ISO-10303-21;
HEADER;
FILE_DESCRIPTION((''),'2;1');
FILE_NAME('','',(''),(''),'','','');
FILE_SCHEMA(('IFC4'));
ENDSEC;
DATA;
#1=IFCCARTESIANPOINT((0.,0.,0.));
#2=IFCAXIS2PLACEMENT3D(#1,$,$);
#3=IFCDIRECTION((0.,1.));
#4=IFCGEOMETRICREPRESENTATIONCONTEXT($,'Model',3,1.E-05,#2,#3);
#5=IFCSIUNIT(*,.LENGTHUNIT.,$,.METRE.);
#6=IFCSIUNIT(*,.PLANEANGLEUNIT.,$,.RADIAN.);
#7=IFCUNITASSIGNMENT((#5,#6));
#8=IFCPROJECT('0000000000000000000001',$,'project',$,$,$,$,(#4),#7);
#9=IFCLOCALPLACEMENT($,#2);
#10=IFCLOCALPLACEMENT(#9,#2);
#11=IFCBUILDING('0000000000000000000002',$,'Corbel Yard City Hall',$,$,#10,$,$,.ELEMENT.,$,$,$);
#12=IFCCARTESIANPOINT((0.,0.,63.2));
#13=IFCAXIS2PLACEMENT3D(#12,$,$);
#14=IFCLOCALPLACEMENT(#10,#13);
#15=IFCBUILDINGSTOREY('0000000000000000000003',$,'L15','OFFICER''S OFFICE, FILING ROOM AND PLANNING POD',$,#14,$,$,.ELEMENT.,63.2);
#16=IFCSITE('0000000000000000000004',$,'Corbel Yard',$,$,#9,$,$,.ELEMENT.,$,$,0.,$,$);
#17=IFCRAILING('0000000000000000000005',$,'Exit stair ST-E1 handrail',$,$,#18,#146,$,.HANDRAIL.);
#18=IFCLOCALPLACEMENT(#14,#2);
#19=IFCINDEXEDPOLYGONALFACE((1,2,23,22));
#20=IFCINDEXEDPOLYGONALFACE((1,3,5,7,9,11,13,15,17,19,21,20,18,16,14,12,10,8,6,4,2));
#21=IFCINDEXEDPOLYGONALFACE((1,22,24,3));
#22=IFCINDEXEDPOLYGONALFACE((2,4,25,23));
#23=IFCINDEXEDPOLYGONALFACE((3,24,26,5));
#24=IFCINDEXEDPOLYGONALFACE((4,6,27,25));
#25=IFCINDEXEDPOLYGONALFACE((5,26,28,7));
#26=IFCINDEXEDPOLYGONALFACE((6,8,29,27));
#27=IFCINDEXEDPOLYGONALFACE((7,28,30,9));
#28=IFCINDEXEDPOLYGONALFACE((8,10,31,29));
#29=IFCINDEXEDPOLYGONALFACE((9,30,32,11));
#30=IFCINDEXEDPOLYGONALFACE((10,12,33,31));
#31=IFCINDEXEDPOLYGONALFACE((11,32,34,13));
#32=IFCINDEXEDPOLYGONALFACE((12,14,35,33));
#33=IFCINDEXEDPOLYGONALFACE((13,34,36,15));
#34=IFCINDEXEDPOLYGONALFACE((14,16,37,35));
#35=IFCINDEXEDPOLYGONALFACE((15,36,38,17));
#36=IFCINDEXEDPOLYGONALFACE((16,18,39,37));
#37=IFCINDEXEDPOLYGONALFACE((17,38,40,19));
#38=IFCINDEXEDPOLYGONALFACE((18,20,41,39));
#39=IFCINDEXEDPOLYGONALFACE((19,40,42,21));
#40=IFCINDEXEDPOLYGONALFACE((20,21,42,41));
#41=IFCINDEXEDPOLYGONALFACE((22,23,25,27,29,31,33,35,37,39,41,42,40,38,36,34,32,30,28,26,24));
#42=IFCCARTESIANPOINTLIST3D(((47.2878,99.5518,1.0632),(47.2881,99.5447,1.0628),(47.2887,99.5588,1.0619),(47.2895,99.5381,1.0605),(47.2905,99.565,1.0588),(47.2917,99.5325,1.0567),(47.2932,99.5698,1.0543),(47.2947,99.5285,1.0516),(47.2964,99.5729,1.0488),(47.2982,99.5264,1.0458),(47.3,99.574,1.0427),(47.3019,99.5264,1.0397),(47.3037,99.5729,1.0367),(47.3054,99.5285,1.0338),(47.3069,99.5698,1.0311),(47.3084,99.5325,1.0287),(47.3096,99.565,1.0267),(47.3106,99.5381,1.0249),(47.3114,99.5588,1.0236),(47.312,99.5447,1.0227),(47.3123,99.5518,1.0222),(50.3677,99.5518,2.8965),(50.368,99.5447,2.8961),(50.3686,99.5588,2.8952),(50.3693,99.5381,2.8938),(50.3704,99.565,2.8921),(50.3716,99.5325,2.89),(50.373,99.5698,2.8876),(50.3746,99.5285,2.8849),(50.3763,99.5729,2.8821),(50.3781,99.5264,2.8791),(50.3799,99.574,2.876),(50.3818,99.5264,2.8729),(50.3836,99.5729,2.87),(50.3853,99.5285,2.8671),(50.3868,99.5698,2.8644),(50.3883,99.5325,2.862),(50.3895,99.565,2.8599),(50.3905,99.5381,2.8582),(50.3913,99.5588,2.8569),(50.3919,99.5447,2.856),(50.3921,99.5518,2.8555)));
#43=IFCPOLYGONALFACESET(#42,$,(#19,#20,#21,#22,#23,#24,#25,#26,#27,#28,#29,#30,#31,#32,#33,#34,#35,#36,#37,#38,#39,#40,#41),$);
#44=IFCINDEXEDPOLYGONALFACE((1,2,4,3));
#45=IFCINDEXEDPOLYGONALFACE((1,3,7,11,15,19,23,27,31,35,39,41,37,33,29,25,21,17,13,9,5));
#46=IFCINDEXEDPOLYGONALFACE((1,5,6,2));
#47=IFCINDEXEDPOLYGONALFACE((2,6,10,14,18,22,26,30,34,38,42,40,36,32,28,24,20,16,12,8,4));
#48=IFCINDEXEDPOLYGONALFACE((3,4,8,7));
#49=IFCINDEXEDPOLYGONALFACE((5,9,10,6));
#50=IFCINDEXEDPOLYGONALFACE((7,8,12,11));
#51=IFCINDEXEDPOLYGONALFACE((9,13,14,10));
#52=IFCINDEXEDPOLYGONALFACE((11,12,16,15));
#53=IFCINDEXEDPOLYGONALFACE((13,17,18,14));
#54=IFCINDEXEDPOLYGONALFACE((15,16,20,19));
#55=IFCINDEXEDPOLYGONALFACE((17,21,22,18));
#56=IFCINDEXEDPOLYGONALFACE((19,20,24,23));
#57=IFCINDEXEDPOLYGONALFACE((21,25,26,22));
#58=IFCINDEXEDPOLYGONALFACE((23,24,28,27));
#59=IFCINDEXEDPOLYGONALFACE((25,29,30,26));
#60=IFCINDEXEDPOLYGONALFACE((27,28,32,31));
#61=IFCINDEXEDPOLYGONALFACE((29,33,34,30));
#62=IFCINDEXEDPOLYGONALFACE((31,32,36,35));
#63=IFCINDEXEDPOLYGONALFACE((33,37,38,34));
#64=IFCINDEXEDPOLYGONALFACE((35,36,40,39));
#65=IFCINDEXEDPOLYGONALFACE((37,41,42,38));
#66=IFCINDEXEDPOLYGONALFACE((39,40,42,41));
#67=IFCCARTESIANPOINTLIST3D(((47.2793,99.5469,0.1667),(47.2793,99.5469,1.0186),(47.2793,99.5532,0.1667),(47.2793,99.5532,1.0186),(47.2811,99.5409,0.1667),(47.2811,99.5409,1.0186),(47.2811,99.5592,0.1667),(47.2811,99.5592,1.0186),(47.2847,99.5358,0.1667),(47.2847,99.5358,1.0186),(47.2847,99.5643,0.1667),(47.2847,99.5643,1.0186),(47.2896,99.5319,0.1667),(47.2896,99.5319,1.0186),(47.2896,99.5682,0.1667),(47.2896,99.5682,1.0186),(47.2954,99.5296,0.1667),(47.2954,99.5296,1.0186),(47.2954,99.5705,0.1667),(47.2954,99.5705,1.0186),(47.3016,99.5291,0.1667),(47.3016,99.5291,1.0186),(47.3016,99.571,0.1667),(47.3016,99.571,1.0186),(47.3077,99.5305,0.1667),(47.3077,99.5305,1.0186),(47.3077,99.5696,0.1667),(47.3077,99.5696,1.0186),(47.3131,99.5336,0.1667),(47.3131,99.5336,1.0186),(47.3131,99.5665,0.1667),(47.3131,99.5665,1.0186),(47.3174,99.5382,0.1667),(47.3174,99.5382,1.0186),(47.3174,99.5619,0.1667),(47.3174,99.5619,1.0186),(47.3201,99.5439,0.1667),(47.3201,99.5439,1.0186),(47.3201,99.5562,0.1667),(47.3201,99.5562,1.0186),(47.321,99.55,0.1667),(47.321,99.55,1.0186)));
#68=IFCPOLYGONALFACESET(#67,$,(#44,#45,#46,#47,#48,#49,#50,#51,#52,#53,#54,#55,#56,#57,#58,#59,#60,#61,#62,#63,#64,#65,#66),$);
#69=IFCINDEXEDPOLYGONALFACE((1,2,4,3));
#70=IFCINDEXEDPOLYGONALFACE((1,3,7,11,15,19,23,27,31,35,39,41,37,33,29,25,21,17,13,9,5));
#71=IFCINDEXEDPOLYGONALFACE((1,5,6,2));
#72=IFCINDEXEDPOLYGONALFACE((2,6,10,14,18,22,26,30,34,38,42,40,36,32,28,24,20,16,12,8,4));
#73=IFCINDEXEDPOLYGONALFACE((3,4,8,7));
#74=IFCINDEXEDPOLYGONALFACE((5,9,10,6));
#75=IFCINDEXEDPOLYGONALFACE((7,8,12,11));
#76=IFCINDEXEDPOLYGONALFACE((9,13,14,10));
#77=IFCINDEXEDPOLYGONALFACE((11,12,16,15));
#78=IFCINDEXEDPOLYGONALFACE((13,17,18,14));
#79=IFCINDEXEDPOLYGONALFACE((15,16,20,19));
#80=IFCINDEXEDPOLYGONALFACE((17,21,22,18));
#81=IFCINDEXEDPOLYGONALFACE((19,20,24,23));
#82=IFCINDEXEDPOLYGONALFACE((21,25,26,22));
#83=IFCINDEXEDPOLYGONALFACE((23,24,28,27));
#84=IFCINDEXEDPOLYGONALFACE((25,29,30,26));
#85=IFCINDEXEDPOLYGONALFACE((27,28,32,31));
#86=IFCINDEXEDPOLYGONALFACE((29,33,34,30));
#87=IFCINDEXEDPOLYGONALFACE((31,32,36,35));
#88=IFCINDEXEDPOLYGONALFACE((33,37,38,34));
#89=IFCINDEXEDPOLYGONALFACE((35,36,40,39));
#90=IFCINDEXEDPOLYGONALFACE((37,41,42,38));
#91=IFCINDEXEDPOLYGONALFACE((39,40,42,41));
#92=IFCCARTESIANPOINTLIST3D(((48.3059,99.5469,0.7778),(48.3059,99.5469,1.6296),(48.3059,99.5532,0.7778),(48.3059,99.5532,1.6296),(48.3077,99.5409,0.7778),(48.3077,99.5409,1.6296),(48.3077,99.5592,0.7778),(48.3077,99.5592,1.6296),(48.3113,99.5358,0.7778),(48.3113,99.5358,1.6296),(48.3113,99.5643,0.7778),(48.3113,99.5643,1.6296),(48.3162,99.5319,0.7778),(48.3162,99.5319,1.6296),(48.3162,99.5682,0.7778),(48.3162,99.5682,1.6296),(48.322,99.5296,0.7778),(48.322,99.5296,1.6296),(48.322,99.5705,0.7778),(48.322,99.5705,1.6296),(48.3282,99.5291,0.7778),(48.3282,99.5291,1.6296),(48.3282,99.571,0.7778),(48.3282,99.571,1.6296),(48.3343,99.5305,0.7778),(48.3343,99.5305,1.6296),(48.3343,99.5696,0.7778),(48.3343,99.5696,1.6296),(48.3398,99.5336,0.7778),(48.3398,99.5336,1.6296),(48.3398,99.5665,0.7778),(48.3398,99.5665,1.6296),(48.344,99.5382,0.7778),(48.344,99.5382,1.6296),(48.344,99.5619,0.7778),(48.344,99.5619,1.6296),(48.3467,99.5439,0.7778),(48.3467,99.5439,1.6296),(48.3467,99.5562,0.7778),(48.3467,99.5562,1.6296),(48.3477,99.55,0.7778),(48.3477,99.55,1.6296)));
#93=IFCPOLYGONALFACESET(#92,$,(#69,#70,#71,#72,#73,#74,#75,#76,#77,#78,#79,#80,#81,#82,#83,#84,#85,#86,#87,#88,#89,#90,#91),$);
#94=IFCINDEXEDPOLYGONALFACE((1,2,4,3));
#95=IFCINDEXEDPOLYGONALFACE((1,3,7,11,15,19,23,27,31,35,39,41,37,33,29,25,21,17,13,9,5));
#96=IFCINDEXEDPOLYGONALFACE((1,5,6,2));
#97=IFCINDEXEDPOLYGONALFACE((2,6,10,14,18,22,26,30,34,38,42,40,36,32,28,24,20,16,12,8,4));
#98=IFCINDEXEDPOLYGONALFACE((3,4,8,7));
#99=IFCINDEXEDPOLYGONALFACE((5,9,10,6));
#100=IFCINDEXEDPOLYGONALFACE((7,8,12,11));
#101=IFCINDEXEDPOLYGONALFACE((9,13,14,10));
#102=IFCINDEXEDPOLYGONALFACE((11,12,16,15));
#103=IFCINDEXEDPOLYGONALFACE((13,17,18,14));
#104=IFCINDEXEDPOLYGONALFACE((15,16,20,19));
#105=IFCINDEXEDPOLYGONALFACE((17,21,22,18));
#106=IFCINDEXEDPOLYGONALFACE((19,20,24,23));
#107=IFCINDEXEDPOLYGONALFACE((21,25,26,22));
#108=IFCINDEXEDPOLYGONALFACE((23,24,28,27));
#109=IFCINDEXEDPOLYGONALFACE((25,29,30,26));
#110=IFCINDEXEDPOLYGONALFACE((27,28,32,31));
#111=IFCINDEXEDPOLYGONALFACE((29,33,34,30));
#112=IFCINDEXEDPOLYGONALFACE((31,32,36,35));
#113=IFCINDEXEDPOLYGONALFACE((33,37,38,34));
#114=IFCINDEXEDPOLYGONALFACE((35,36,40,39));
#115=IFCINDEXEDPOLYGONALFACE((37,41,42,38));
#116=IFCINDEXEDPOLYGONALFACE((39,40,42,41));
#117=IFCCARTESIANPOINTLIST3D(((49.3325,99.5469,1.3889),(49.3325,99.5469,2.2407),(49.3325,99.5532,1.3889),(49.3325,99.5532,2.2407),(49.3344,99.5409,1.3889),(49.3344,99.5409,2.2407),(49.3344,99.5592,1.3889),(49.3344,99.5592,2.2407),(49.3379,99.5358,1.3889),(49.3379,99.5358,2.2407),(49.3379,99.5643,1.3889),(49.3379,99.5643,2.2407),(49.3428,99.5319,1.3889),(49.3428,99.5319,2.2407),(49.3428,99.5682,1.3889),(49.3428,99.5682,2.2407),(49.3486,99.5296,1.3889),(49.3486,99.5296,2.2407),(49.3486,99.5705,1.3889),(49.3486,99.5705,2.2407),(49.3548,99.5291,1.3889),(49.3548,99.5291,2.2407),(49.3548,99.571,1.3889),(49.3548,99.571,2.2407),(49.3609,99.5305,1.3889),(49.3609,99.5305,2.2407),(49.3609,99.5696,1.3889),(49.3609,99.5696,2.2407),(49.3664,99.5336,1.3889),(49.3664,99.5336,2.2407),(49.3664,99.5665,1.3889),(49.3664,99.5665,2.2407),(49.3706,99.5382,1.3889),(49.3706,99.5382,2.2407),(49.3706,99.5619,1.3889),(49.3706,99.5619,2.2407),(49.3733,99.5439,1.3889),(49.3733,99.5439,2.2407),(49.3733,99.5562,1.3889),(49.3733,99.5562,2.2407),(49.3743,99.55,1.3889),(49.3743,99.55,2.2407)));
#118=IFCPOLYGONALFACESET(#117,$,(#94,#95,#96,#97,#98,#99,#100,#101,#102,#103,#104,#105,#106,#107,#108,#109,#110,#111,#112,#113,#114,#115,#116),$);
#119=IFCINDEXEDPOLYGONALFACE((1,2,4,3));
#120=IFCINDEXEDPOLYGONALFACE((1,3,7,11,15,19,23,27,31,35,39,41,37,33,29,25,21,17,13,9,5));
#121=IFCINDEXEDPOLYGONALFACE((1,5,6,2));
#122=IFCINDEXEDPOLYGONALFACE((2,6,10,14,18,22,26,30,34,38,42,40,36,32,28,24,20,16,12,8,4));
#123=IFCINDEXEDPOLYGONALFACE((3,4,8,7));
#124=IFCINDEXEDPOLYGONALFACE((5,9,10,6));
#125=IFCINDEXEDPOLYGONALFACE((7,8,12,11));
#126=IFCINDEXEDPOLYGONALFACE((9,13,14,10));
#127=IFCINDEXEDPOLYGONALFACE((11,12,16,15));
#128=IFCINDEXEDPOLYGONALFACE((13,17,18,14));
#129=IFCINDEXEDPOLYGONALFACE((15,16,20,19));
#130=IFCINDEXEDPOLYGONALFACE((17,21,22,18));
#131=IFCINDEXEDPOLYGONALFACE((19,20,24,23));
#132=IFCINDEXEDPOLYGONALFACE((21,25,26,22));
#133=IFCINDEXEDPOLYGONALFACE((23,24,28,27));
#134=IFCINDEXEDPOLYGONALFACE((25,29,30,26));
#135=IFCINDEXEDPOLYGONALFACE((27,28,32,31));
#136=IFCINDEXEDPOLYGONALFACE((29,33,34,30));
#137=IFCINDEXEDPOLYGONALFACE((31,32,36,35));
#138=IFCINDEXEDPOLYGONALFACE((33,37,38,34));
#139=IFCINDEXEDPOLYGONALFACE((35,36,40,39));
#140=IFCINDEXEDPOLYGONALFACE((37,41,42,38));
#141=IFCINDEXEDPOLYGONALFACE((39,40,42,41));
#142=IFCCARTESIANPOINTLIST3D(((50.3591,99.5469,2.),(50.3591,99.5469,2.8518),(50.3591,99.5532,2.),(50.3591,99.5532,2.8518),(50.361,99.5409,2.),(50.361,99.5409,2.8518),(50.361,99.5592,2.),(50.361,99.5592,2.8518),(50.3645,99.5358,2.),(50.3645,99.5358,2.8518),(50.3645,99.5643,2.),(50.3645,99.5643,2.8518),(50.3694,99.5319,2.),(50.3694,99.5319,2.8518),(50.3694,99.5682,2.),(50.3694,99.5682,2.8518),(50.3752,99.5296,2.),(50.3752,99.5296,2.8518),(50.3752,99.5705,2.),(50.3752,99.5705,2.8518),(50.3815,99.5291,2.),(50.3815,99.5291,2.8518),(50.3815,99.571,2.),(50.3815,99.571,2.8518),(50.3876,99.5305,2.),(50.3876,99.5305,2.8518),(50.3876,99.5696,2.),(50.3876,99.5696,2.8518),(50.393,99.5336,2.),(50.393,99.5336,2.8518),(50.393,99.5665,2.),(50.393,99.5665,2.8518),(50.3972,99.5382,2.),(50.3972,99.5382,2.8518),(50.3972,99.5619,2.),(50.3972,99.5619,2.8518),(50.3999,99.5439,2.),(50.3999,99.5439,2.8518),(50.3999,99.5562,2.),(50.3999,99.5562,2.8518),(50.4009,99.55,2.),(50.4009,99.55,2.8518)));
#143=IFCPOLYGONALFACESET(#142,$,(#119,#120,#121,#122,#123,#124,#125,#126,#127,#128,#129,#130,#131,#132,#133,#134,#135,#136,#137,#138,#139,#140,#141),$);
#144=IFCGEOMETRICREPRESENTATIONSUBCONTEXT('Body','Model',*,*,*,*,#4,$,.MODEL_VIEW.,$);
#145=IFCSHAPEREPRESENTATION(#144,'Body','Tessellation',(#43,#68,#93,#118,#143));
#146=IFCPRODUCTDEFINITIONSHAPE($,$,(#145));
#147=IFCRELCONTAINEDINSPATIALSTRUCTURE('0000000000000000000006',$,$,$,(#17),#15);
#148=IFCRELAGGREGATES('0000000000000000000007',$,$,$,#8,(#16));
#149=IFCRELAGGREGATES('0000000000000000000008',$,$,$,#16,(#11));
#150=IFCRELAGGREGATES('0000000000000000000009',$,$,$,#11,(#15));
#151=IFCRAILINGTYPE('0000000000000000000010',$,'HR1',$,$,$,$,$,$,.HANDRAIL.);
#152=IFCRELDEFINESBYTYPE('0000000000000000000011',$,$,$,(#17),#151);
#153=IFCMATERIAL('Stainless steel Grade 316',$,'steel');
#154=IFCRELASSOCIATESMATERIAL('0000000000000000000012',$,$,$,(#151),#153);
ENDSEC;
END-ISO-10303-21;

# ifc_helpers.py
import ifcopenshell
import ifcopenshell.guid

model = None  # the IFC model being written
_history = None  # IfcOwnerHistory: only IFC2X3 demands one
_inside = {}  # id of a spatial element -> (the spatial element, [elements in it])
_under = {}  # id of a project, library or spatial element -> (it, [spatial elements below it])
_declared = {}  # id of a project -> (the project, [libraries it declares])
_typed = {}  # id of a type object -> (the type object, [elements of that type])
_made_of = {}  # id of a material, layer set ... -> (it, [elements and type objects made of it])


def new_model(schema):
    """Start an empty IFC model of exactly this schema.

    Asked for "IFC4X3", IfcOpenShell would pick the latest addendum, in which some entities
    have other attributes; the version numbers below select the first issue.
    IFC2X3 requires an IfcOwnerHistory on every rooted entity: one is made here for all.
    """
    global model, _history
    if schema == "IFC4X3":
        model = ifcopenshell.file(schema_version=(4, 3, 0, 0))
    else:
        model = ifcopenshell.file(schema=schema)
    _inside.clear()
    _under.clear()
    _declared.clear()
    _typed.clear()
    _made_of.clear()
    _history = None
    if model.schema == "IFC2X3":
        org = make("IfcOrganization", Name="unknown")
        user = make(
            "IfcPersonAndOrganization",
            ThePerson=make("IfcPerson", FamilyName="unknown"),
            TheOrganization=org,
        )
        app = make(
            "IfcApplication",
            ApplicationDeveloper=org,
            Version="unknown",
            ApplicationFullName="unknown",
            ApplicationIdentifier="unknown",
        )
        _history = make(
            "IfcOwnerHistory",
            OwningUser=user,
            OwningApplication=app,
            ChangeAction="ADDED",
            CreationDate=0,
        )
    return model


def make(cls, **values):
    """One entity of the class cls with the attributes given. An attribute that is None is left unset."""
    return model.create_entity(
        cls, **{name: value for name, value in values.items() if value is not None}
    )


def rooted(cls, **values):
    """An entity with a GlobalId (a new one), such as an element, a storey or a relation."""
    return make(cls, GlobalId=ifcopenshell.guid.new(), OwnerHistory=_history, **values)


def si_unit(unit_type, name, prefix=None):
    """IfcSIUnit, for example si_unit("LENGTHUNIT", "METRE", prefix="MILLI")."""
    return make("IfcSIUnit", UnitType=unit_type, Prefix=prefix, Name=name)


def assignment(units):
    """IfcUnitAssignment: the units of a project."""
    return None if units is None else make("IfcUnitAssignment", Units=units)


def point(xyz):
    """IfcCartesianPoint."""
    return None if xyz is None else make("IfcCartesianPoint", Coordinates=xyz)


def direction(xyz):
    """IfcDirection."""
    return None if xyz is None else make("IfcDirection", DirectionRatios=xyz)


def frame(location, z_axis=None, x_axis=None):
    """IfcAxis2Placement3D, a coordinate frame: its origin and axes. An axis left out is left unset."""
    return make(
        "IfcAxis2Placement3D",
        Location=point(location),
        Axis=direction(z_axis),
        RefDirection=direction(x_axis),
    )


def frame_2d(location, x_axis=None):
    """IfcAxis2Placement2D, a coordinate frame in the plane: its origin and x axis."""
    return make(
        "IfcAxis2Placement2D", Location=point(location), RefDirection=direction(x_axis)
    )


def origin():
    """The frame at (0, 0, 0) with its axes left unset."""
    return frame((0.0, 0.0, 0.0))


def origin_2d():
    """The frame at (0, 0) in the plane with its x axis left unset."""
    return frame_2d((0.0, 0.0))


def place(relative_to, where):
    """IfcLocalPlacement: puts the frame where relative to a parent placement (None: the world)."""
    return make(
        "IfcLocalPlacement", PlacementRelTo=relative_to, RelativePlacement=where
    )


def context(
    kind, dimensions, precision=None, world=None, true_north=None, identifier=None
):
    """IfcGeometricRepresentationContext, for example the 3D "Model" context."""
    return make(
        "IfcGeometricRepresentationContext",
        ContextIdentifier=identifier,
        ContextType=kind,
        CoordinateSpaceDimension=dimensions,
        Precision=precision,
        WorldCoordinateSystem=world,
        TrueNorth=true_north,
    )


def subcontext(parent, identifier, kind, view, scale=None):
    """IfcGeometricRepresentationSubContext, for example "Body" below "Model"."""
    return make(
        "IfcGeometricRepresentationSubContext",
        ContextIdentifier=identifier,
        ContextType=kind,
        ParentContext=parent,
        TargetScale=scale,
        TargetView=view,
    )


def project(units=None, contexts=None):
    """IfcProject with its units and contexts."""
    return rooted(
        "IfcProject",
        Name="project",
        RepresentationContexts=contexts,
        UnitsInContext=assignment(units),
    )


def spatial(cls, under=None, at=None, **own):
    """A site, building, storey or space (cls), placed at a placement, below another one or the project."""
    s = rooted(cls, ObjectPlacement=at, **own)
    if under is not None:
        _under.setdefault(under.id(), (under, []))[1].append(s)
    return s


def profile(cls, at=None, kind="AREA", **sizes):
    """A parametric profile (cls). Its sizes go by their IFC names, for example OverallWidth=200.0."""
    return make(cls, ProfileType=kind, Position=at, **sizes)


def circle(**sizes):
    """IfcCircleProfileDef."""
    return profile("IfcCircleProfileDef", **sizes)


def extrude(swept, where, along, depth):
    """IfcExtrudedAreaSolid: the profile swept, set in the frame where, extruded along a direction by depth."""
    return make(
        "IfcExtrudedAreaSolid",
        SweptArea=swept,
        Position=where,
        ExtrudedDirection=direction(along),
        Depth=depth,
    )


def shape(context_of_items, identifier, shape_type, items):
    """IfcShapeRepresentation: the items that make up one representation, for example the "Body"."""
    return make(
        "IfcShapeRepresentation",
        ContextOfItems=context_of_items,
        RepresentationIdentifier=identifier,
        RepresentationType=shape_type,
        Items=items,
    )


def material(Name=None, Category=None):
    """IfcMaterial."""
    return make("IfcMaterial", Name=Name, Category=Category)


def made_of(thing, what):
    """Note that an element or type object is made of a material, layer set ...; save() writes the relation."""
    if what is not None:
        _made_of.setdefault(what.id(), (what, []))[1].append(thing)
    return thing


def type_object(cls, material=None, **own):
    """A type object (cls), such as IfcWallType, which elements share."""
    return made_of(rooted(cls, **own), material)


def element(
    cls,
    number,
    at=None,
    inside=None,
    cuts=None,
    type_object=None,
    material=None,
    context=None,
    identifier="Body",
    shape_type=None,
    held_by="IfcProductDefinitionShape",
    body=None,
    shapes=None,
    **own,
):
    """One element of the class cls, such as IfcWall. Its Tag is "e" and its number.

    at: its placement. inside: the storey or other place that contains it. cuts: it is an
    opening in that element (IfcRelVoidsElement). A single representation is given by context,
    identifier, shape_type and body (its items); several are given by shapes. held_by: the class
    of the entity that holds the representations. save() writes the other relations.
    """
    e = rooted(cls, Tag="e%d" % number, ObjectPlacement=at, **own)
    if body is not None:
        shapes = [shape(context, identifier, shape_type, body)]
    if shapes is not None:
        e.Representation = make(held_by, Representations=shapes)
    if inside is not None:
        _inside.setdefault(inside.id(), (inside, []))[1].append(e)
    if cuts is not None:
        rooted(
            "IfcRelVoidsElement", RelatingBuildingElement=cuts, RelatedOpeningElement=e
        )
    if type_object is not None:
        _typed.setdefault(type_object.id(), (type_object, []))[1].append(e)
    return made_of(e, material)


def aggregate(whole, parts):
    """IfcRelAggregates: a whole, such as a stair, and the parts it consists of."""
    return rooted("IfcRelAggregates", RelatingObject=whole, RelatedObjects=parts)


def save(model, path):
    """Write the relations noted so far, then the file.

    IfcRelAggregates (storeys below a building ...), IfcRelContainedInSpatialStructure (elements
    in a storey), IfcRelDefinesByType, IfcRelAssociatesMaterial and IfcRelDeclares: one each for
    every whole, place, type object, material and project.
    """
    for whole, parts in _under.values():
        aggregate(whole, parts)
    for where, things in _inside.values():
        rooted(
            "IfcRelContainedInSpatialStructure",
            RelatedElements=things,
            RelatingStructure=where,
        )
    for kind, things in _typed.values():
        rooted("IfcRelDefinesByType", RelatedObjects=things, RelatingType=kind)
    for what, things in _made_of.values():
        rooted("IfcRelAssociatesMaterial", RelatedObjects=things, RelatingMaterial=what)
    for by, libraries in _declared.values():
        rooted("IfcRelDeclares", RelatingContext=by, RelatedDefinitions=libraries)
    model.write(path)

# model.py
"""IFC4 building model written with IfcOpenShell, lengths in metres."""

from ifc_helpers import new_model, si_unit, direction, frame, origin, origin_2d, place, context, subcontext, project, spatial, circle, extrude, material, type_object, element, save


model = new_model("IFC4")

# Units and contexts
model_context = context("Model", 3, precision=1e-05, world=origin(), true_north=direction((0.0, 1.0)))
body_context = subcontext(model_context, "Body", "Model", "MODEL_VIEW")
ifc_project = project(units=[si_unit("LENGTHUNIT", "METRE"), si_unit("PLANEANGLEUNIT", "RADIAN")], contexts=[model_context])

# Site, building, storey
site_placement = place(None, origin())
site = spatial("IfcSite", under=ifc_project, at=site_placement, Name="Corbel Yard", CompositionType="ELEMENT", RefElevation=0.0)
building_placement = place(site_placement, origin())
building = spatial("IfcBuilding", under=site, at=building_placement, Name="Corbel Yard City Hall", CompositionType="ELEMENT")
storey_placement = place(building_placement, frame((0.0, 0.0, 63.2)))
storey = spatial("IfcBuildingStorey", under=building, at=storey_placement, Name="L15", Description="OFFICER'S OFFICE, FILING ROOM AND PLANNING POD", CompositionType="ELEMENT", Elevation=63.2)

# Railing
ifc_material_1 = material(Name="Stainless steel Grade 316", Category="steel")
railing_type = type_object("IfcRailingType", Name="HR1", PredefinedType="HANDRAIL", material=ifc_material_1)
for number, where, name in (
    (1, (47.3, 99.55, 0.1667), "Exit stair ST-E1 handrail"),
):
    element("IfcRailing", number, at=place(storey_placement, frame(where)), inside=storey, type_object=railing_type, Name=name, PredefinedType="HANDRAIL", context=body_context, shape_type="SweptSolid", body=[
        extrude(circle(Radius=0.0239, at=origin_2d()), frame((0.0, 0.0, 0.876), z_axis=(0.859291, 0.0, 0.511487), x_axis=(0.0, 1.0, 0.0)), (0.0, 0.0, 1.0), 3.5842),
        extrude(circle(Radius=0.021, at=origin_2d()), origin(), (0.0, 0.0, 1.0), 0.8518),
        extrude(circle(Radius=0.021, at=origin_2d()), frame((1.0266, 0.0, 0.6111)), (0.0, 0.0, 1.0), 0.8518),
        extrude(circle(Radius=0.021, at=origin_2d()), frame((2.0532, 0.0, 1.2222)), (0.0, 0.0, 1.0), 0.8518),
        extrude(circle(Radius=0.021, at=origin_2d()), frame((3.0798, 0.0, 1.8333)), (0.0, 0.0, 1.0), 0.8518),
    ])

save(model, "model.ifc")
